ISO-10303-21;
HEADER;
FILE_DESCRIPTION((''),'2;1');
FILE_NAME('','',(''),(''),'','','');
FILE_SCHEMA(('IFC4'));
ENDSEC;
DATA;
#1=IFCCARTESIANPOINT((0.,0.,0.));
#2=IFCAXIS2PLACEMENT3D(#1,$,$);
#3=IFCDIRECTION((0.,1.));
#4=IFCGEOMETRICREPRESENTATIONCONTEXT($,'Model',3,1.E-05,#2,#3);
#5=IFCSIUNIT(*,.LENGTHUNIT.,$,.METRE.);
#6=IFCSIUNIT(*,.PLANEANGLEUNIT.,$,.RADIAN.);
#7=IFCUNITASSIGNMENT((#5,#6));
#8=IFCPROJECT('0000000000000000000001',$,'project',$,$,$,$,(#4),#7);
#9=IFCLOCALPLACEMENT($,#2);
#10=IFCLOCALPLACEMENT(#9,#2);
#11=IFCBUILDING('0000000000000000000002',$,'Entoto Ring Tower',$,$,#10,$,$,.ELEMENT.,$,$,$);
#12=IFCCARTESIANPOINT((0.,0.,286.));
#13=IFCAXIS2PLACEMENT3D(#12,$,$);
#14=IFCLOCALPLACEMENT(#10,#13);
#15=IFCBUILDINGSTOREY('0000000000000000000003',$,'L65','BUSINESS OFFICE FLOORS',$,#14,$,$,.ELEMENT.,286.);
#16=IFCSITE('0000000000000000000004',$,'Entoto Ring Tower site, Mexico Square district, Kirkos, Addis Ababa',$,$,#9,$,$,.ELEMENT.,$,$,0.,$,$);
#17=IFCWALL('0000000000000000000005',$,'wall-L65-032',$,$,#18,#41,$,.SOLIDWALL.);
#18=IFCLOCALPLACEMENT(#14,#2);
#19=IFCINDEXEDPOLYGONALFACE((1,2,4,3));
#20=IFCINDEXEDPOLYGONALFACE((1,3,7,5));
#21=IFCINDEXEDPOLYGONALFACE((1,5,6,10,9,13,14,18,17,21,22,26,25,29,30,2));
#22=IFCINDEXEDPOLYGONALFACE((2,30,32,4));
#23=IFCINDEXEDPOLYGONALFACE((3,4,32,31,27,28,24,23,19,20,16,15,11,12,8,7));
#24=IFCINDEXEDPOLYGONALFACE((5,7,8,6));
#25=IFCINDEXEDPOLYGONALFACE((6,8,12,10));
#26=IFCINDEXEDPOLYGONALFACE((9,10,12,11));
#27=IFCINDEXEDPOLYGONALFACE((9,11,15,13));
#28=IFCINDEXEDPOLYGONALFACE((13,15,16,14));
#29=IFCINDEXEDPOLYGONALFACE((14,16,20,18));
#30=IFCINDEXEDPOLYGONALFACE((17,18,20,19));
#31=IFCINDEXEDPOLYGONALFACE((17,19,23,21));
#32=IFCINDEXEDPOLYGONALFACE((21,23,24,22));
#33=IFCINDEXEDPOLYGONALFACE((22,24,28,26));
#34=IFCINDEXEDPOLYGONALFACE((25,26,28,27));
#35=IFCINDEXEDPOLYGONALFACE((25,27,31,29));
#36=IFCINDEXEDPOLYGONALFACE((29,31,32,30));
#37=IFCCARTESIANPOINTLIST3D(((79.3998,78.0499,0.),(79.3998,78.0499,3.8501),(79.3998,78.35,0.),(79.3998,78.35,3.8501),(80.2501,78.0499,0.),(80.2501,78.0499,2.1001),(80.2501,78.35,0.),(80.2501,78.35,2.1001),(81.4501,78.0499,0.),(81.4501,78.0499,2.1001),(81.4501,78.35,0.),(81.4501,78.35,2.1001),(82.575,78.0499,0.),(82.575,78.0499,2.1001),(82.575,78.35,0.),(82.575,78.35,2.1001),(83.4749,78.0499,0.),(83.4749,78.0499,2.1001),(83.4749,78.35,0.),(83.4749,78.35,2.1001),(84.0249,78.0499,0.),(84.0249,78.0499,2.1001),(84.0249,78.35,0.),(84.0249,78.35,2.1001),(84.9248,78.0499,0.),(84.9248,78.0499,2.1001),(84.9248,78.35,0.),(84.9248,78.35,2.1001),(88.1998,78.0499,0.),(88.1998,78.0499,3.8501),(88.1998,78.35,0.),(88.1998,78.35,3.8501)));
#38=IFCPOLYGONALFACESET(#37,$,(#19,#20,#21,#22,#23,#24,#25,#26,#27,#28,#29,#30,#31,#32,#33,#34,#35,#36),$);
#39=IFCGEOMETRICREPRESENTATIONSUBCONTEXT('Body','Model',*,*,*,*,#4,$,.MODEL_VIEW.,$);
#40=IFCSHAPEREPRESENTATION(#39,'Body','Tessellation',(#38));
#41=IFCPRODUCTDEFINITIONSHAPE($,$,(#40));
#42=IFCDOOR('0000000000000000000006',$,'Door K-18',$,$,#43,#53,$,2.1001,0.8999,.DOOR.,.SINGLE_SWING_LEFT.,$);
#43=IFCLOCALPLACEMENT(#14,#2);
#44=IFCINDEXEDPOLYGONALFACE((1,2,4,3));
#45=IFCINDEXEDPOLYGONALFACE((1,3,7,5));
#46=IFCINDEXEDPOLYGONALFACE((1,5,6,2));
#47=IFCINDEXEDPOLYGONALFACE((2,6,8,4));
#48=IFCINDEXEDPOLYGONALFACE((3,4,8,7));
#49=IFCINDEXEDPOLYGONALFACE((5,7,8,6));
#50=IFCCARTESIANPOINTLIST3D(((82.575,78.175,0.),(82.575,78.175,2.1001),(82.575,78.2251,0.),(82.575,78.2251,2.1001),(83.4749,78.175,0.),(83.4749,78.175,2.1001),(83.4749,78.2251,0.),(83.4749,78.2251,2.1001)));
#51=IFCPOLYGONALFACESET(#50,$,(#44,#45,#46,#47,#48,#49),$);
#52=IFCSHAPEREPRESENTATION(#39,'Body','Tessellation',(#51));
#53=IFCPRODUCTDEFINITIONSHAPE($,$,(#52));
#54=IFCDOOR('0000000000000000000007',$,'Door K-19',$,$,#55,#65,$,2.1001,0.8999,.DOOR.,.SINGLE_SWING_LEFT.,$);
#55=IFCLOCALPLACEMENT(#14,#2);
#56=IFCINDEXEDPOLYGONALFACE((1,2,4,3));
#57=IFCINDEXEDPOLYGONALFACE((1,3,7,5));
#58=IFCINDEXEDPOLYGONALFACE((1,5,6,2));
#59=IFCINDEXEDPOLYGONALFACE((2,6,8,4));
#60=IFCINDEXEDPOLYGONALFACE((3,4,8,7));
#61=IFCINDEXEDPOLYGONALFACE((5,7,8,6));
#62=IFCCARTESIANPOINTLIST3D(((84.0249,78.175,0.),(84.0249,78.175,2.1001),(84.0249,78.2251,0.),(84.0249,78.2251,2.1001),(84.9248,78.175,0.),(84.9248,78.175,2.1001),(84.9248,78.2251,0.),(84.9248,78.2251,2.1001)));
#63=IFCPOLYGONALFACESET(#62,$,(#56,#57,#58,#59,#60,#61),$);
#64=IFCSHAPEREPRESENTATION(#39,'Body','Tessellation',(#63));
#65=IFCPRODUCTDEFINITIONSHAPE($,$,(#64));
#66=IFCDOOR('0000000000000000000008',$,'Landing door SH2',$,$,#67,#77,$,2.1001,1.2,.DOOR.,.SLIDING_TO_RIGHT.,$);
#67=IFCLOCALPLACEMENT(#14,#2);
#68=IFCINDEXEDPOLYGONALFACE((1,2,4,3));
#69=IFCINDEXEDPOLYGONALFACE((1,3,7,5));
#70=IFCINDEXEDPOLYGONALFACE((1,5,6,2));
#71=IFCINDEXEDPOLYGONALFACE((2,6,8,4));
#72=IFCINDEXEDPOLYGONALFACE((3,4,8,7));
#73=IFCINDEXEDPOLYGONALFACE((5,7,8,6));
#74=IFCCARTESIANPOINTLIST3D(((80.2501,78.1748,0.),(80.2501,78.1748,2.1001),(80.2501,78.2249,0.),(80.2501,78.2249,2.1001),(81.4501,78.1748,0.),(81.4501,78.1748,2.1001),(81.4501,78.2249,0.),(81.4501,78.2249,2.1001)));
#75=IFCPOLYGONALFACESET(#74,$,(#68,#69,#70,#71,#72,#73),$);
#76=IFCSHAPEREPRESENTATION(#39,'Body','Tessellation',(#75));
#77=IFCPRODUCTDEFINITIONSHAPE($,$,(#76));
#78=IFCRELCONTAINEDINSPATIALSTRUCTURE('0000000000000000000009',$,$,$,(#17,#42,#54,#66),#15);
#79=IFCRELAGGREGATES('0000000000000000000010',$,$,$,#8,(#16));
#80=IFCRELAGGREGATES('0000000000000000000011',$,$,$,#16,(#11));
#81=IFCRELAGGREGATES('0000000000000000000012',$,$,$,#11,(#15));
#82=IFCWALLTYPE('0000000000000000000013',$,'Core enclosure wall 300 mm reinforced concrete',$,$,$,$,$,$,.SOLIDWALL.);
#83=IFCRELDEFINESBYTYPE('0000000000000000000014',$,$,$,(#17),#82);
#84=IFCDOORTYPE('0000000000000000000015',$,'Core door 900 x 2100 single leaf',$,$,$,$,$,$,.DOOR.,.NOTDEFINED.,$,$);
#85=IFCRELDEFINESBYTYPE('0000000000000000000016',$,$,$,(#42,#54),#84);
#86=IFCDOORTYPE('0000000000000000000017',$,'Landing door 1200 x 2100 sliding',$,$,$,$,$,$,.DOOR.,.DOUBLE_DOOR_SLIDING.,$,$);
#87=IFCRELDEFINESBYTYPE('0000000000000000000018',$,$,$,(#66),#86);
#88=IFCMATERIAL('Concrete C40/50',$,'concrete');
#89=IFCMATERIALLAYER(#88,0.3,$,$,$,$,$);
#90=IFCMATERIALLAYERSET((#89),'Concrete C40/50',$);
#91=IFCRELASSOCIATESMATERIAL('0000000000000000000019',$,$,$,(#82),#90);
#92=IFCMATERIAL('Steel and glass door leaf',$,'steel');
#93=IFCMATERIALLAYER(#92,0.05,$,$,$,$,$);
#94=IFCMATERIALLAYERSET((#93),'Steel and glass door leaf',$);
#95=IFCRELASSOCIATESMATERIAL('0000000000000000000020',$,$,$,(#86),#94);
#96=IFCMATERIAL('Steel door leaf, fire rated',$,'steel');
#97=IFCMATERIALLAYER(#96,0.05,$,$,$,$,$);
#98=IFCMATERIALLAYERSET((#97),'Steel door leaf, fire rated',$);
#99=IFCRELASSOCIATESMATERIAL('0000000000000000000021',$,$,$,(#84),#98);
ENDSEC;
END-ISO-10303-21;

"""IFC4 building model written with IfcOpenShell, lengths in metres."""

from ifc_helpers import new_model, si_unit, direction, frame, frame_2d, origin, place, context, subcontext, project, spatial, rectangle, extrude, material, layer, layer_set, type_object, element, fill, save


model = new_model("IFC4")

# Units and contexts
model_context = context("Model", 3, precision=1e-05, world=origin(), true_north=direction((0.0, 1.0)))
body_context = subcontext(model_context, "Body", "Model", "MODEL_VIEW")
ifc_project = project(units=[si_unit("LENGTHUNIT", "METRE"), si_unit("PLANEANGLEUNIT", "RADIAN")], contexts=[model_context])

# Site, building, storey
site_placement = place(None, origin())
site = spatial("IfcSite", under=ifc_project, at=site_placement, Name="Entoto Ring Tower site, Mexico Square district, Kirkos, Addis Ababa", CompositionType="ELEMENT", RefElevation=0.0)
building_placement = place(site_placement, origin())
building = spatial("IfcBuilding", under=site, at=building_placement, Name="Entoto Ring Tower", CompositionType="ELEMENT")
storey_placement = place(building_placement, frame((0.0, 0.0, 286.0)))
storey = spatial("IfcBuildingStorey", under=building, at=storey_placement, Name="L65", Description="BUSINESS OFFICE FLOORS", CompositionType="ELEMENT", Elevation=286.0)

# Shared definitions
ifc_material_1 = material(Name="Concrete C40/50", Category="concrete")
ifc_layer_1 = layer(ifc_material_1, 0.3)
ifc_layer_set_1 = layer_set([ifc_layer_1], Name="Concrete C40/50")
wall_type = type_object("IfcWallType", Name="Core enclosure wall 300 mm reinforced concrete", PredefinedType="SOLIDWALL", material=ifc_layer_set_1)
ifc_material_2 = material(Name="Steel and glass door leaf", Category="steel")
ifc_layer_2 = layer(ifc_material_2, 0.05)
ifc_layer_set_2 = layer_set([ifc_layer_2], Name="Steel and glass door leaf")
door_type_1 = type_object("IfcDoorType", Name="Landing door 1200 x 2100 sliding", OperationType="DOUBLE_DOOR_SLIDING", PredefinedType="DOOR", material=ifc_layer_set_2)

# Wall, openings, doors
wall_1_placement = place(storey_placement, frame((79.3999, 78.2, 0.0), z_axis=(0.0, 0.0, 1.0), x_axis=(1.0, 0.0, 0.0)))
wall_1 = element("IfcWall", 1, at=wall_1_placement, inside=storey, type_object=wall_type, Name="wall-L65-032", PredefinedType="SOLIDWALL", context=body_context, shape_type="SweptSolid", body=[
    extrude(rectangle(XDim=8.8, YDim=0.3, at=frame_2d((4.3999, 0.0))), origin(), (0.0, 0.0, 1.0), 3.8501),
])
opening_1_placement = place(wall_1_placement, frame((0.8501, 0.0, 0.0)))
opening_1 = element("IfcOpeningElement", 2, at=opening_1_placement, cuts=wall_1, PredefinedType="OPENING", context=body_context, shape_type="SweptSolid", body=[
    extrude(rectangle(XDim=1.2, YDim=2.1001, at=frame_2d((0.6001, 1.05))), frame((0.0, 0.1602, 0.0), z_axis=(0.0, -1.0, 0.0), x_axis=(1.0, 0.0, 0.0)), (0.0, 0.0, 1.0), 0.3201),
])
opening_2_placement = place(wall_1_placement, frame((3.175, 0.0, 0.0)))
opening_2 = element("IfcOpeningElement", 3, at=opening_2_placement, cuts=wall_1, PredefinedType="OPENING", context=body_context, shape_type="SweptSolid", body=[
    extrude(rectangle(XDim=0.8999, YDim=2.1001, at=frame_2d((0.45, 1.05))), frame((0.0, 0.1602, 0.0), z_axis=(0.0, -1.0, 0.0), x_axis=(1.0, 0.0, 0.0)), (0.0, 0.0, 1.0), 0.3201),
])
opening_3_placement = place(wall_1_placement, frame((4.625, 0.0, 0.0)))
opening_3 = element("IfcOpeningElement", 4, at=opening_3_placement, cuts=wall_1, PredefinedType="OPENING", context=body_context, shape_type="SweptSolid", body=[
    extrude(rectangle(XDim=0.8999, YDim=2.1001, at=frame_2d((0.45, 1.05))), frame((0.0, 0.1602, 0.0), z_axis=(0.0, -1.0, 0.0), x_axis=(1.0, 0.0, 0.0)), (0.0, 0.0, 1.0), 0.3201),
])
ifc_material_3 = material(Name="Steel door leaf, fire rated", Category="steel")
ifc_layer_3 = layer(ifc_material_3, 0.05)
ifc_layer_set_3 = layer_set([ifc_layer_3], Name="Steel door leaf, fire rated")
door_type_2 = type_object("IfcDoorType", Name="Core door 900 x 2100 single leaf", OperationType="NOTDEFINED", PredefinedType="DOOR", material=ifc_layer_set_3)
door_1_placement = place(opening_2_placement, frame((0.8999, 0.0, 0.0), z_axis=(0.0, 0.0, 1.0), x_axis=(-1.0, 0.0, 0.0)))
door_1 = element("IfcDoor", 5, at=door_1_placement, inside=storey, type_object=door_type_2, Name="Door K-18", OperationType="SINGLE_SWING_LEFT", OverallHeight=2.1001, OverallWidth=0.8999, PredefinedType="DOOR", context=body_context, shape_type="SweptSolid", body=[
    extrude(rectangle(XDim=0.8999, YDim=2.1001, at=frame_2d((0.45, 1.05))), frame((0.0, 0.0249, 0.0), z_axis=(0.0, -1.0, 0.0), x_axis=(1.0, 0.0, 0.0)), (0.0, 0.0, 1.0), 0.05),
])
fill(opening_2, door_1)
door_2_placement = place(opening_3_placement, frame((0.8999, 0.0, 0.0), z_axis=(0.0, 0.0, 1.0), x_axis=(-1.0, 0.0, 0.0)))
door_2 = element("IfcDoor", 6, at=door_2_placement, inside=storey, type_object=door_type_2, Name="Door K-19", OperationType="SINGLE_SWING_LEFT", OverallHeight=2.1001, OverallWidth=0.8999, PredefinedType="DOOR", context=body_context, shape_type="SweptSolid", body=[
    extrude(rectangle(XDim=0.8999, YDim=2.1001, at=frame_2d((0.45, 1.05))), frame((0.0, 0.0249, 0.0), z_axis=(0.0, -1.0, 0.0), x_axis=(1.0, 0.0, 0.0)), (0.0, 0.0, 1.0), 0.05),
])
fill(opening_3, door_2)
door_3_placement = place(opening_1_placement, origin())
door_3 = element("IfcDoor", 7, at=door_3_placement, inside=storey, type_object=door_type_1, Name="Landing door SH2", OperationType="SLIDING_TO_RIGHT", OverallHeight=2.1001, OverallWidth=1.2, PredefinedType="DOOR", context=body_context, shape_type="SweptSolid", body=[
    extrude(rectangle(XDim=1.2, YDim=2.1001, at=frame_2d((0.6001, 1.05))), frame((0.0, 0.0249, 0.0), z_axis=(0.0, -1.0, 0.0), x_axis=(1.0, 0.0, 0.0)), (0.0, 0.0, 1.0), 0.05),
])
fill(opening_1, door_3)

save(model, "model.ifc")
